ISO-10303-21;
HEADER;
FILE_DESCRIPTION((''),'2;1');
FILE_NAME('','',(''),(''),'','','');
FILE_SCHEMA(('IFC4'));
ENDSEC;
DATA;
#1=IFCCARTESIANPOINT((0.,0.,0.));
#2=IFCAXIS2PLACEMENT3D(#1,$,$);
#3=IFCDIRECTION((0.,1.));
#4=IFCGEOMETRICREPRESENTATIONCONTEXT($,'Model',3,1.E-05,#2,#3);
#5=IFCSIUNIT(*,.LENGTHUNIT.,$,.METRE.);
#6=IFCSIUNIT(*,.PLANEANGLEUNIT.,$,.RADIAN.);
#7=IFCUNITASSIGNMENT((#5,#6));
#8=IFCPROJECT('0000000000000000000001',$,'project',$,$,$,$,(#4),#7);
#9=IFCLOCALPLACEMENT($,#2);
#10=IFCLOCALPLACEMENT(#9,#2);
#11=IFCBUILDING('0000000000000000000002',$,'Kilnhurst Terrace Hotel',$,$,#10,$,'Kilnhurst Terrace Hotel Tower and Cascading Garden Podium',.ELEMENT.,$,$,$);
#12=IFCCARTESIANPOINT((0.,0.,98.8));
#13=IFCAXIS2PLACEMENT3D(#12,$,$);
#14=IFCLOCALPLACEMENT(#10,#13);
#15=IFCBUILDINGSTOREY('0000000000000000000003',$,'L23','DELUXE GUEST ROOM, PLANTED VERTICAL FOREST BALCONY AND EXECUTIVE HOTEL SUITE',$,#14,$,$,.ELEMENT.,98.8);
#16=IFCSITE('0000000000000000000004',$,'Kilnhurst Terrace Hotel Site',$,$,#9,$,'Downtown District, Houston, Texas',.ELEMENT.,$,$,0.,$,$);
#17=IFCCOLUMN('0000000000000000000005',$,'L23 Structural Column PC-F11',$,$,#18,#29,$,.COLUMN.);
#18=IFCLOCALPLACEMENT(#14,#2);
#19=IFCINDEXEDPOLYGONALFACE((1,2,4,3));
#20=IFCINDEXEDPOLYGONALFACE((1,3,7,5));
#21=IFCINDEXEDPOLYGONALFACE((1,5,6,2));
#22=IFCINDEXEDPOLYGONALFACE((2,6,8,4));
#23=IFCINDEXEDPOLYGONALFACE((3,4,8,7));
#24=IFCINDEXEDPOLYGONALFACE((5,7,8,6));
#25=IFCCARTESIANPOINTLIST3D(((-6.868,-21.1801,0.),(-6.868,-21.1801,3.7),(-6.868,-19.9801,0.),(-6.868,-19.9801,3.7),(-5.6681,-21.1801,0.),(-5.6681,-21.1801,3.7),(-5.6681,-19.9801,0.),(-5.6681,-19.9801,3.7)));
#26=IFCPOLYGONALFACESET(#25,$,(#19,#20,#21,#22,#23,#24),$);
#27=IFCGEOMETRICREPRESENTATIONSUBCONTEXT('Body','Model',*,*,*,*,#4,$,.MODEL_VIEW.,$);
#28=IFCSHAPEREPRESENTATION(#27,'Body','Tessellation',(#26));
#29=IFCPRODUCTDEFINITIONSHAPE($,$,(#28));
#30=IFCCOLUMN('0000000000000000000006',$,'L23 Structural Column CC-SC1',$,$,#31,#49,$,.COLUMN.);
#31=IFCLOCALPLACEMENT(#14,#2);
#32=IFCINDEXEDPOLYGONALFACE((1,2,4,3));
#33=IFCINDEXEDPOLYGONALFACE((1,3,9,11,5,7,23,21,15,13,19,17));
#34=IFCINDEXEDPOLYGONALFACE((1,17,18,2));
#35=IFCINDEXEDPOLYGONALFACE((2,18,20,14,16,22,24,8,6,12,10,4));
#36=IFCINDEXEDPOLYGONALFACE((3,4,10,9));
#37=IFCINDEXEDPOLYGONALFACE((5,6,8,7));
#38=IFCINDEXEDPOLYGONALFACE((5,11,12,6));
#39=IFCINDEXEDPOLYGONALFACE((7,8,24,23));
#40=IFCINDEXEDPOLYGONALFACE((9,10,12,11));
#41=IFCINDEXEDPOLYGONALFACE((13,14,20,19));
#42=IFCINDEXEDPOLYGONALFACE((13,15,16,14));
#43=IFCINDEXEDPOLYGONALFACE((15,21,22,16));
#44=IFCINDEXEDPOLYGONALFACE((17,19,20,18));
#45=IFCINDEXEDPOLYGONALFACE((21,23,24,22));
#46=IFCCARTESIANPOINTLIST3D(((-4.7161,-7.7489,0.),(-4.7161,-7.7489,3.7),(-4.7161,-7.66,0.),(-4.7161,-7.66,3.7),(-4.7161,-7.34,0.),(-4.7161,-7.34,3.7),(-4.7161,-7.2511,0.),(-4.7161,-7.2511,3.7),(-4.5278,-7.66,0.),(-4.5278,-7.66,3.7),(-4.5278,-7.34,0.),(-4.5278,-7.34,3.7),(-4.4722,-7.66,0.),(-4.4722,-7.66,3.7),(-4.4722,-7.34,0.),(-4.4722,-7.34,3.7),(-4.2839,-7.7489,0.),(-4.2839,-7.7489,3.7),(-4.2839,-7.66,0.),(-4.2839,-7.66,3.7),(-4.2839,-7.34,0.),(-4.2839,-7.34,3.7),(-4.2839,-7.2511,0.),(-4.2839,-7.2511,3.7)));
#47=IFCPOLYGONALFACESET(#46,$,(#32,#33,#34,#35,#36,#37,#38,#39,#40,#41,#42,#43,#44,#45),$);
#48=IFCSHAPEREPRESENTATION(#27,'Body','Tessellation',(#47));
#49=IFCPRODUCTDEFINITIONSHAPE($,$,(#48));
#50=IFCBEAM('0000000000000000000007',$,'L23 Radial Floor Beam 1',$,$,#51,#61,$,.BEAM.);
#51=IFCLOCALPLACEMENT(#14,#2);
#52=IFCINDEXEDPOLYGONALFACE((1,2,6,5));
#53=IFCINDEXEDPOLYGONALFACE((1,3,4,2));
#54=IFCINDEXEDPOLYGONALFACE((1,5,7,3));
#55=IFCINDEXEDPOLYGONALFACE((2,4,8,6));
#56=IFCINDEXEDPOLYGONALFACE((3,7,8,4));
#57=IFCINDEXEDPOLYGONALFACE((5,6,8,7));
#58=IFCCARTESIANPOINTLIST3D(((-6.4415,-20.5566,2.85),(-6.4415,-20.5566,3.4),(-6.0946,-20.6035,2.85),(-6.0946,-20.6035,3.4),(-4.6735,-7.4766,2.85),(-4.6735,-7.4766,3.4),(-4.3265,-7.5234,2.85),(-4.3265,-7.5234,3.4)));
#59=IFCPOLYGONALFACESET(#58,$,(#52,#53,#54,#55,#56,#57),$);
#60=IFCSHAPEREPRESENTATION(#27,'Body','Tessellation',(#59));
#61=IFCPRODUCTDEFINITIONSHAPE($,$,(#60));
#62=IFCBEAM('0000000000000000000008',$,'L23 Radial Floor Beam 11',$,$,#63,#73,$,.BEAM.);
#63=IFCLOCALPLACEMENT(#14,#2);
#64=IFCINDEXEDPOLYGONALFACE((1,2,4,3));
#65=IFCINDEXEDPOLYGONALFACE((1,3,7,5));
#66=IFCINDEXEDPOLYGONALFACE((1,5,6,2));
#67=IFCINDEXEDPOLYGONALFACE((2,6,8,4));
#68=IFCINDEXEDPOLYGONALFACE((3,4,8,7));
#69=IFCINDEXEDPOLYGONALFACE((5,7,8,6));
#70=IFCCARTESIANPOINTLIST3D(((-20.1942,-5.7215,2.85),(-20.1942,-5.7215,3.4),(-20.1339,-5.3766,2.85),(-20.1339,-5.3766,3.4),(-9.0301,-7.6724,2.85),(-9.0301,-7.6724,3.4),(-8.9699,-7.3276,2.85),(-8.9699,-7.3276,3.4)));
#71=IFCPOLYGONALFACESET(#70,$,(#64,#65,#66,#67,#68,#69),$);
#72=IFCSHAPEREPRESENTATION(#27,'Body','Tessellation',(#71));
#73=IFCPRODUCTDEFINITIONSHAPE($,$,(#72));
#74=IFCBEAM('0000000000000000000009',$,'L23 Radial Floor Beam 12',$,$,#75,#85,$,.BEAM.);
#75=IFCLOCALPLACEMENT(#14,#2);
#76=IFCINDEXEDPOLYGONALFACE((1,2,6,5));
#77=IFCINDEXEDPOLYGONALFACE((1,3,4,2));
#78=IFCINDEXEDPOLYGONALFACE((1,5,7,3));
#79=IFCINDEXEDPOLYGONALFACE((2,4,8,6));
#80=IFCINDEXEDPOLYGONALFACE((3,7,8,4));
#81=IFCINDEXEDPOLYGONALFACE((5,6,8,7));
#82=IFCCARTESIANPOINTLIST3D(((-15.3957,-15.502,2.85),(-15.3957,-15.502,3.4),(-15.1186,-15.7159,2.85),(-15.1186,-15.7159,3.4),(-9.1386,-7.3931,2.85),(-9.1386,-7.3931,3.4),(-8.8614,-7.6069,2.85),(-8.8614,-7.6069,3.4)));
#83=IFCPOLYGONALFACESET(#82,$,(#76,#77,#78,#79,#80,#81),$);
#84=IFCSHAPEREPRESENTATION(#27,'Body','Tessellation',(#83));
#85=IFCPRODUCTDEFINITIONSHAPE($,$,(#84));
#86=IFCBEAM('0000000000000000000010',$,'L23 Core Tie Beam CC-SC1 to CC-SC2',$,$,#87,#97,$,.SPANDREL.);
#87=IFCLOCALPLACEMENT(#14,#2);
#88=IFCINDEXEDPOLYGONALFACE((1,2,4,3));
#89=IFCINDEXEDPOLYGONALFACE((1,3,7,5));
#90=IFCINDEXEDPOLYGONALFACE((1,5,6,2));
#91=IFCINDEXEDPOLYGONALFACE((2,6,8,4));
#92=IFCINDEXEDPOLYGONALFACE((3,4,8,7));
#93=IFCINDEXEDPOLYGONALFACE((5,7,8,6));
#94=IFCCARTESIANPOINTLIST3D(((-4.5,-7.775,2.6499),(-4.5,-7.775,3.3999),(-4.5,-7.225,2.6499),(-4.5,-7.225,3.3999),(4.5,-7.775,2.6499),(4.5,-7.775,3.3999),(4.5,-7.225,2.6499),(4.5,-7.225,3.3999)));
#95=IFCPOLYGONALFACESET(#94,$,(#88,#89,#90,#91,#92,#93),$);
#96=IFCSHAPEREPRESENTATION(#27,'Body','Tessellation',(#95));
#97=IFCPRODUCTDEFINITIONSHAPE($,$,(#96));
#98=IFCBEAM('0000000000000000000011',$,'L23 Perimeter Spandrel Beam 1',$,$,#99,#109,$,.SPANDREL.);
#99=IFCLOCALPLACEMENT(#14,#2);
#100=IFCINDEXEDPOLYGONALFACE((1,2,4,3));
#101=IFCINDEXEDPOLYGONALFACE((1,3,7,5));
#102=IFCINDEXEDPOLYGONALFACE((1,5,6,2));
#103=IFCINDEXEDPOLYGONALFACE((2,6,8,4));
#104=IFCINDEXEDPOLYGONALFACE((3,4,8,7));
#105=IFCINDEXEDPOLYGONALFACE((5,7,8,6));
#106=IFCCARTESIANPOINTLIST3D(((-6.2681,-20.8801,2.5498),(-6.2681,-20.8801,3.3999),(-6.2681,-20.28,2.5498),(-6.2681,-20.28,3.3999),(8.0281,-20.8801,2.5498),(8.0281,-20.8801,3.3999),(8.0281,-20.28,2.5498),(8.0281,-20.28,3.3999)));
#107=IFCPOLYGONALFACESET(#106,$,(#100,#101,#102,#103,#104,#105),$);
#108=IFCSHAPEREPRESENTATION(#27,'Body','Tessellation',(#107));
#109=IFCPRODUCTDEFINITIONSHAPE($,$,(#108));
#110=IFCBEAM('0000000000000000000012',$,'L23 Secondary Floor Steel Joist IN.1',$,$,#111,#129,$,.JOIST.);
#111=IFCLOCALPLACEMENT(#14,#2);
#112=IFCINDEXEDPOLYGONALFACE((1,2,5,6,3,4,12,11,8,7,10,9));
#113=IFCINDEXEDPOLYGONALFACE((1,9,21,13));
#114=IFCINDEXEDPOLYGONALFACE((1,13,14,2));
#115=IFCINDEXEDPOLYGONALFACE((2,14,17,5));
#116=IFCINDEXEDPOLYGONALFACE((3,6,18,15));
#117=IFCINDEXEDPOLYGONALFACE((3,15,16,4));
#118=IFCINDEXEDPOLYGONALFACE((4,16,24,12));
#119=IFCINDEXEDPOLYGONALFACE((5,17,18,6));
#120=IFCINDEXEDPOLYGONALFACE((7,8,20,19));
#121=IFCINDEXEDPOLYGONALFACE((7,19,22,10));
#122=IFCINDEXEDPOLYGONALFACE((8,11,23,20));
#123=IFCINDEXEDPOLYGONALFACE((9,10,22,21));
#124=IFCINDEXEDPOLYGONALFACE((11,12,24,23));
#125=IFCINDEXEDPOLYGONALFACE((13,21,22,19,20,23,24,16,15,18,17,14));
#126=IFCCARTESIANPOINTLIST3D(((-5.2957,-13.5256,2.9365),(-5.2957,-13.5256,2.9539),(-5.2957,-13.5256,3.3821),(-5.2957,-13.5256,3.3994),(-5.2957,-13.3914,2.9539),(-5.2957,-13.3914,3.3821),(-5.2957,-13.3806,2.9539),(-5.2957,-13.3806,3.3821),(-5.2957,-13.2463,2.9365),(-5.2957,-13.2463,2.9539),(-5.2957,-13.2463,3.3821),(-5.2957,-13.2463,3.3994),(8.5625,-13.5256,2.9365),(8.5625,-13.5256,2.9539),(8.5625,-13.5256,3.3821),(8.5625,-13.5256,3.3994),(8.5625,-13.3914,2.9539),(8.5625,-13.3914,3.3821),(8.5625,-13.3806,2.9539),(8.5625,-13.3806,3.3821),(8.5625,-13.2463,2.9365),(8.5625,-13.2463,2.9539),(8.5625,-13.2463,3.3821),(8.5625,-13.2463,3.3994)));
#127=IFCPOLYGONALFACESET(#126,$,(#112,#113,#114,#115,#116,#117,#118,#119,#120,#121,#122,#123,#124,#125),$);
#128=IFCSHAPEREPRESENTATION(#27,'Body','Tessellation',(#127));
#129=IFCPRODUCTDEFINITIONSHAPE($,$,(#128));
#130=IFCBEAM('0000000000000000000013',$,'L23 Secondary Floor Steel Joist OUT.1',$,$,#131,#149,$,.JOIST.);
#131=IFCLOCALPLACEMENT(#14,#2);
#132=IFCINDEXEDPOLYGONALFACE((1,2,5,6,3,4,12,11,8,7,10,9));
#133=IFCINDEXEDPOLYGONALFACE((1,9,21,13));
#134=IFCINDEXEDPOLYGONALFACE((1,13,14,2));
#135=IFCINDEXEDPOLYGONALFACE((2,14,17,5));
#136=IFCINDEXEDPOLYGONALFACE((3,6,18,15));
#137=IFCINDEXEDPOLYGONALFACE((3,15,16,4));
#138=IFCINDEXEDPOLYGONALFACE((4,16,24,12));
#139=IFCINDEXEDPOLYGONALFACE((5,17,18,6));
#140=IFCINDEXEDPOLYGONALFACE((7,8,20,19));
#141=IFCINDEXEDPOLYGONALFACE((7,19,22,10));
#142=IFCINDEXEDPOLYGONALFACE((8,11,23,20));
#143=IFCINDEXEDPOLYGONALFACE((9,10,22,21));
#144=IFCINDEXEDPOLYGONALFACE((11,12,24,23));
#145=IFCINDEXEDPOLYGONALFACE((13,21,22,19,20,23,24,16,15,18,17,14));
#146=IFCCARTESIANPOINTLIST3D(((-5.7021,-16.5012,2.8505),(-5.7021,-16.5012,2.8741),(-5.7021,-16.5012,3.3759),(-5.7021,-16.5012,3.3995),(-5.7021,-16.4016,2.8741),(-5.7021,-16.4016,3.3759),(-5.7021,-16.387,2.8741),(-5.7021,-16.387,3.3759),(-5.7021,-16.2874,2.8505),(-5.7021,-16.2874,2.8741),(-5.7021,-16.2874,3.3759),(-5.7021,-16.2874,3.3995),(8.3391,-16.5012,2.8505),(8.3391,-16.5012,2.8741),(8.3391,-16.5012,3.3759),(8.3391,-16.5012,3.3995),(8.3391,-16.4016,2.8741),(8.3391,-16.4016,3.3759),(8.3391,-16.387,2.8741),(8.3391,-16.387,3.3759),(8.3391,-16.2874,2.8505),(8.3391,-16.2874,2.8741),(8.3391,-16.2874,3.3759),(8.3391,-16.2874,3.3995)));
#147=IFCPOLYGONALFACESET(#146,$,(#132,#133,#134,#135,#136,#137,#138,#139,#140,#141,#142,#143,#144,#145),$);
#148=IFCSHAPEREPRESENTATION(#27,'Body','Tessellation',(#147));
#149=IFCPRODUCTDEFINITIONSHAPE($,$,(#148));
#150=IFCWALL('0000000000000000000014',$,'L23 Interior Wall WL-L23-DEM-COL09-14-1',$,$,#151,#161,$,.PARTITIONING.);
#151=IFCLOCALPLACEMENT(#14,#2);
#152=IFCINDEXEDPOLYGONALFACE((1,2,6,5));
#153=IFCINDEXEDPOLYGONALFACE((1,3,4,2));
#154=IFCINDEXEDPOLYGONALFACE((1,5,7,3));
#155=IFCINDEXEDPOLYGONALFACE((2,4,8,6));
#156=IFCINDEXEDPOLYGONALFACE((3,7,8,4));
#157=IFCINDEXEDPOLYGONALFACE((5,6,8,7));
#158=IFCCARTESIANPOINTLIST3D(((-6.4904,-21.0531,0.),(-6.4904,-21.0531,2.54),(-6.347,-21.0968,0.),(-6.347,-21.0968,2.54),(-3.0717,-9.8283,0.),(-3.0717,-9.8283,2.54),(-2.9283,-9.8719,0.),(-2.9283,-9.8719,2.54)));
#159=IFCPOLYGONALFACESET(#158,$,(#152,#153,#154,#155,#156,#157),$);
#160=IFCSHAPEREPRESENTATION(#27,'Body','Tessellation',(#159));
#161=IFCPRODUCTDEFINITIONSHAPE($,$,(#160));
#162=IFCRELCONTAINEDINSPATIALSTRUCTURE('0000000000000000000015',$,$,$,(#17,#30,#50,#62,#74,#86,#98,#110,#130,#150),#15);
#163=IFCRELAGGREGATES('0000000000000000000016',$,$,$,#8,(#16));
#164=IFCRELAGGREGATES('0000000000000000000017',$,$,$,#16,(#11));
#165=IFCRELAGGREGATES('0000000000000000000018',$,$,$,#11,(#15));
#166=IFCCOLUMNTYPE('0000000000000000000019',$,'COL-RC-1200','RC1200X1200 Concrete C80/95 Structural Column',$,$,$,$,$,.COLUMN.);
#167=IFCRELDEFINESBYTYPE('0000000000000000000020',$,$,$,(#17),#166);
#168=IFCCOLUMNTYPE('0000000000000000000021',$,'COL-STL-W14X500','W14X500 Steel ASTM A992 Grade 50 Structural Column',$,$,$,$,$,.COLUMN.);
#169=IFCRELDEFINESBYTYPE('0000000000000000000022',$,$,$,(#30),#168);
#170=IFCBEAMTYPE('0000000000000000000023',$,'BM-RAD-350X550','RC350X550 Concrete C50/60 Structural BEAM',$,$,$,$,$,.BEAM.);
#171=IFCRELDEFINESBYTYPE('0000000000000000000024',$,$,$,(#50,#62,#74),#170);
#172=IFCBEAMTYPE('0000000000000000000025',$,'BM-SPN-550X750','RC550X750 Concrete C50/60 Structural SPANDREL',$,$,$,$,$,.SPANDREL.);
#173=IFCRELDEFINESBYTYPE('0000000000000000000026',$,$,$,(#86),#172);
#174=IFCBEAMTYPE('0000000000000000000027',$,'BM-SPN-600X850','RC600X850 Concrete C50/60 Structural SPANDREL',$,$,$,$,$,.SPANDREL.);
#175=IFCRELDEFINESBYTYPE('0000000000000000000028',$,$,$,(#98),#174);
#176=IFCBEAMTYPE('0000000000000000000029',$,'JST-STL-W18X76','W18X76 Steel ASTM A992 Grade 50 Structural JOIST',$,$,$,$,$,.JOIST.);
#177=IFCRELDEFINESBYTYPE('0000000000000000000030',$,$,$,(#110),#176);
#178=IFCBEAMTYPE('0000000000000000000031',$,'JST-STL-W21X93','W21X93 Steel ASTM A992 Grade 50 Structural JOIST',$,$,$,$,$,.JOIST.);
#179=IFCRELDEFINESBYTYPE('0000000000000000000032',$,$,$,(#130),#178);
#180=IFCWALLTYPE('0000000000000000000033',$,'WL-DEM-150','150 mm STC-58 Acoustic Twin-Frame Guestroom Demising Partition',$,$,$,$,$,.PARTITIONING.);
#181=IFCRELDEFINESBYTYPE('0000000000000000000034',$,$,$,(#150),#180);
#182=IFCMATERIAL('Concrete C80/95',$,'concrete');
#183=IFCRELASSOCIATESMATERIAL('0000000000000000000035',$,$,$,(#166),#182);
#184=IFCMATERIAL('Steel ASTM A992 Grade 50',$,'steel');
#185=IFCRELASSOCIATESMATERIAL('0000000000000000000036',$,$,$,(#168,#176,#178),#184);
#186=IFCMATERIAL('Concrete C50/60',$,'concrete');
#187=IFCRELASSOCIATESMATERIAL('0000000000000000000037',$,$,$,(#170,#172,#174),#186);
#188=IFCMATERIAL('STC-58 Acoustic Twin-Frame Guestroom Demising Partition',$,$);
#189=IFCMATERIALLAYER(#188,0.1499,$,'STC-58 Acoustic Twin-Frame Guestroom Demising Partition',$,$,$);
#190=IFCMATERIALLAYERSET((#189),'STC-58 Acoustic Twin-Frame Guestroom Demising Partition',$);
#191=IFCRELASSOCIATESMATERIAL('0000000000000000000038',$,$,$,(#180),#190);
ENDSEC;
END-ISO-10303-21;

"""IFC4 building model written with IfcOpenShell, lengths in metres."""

from ifc_helpers import new_model, si_unit, direction, frame, frame_2d, origin, origin_2d, place, context, subcontext, project, spatial, rectangle, i_section, extrude, material, layer, layer_set, material_profile, profile_set, type_object, element, save


model = new_model("IFC4")

# Units and contexts
model_context = context("Model", 3, precision=1e-05, world=origin(), true_north=direction((0.0, 1.0)))
body_context = subcontext(model_context, "Body", "Model", "MODEL_VIEW")
ifc_project = project(units=[si_unit("LENGTHUNIT", "METRE"), si_unit("PLANEANGLEUNIT", "RADIAN")], contexts=[model_context])

# Site, building, storey
site_placement = place(None, origin())
site = spatial("IfcSite", under=ifc_project, at=site_placement, Name="Kilnhurst Terrace Hotel Site", LongName="Downtown District, Houston, Texas", CompositionType="ELEMENT", RefElevation=0.0)
building_placement = place(site_placement, origin())
building = spatial("IfcBuilding", under=site, at=building_placement, Name="Kilnhurst Terrace Hotel", LongName="Kilnhurst Terrace Hotel Tower and Cascading Garden Podium", CompositionType="ELEMENT")
storey_placement = place(building_placement, frame((0.0, 0.0, 98.8)))
storey = spatial("IfcBuildingStorey", under=building, at=storey_placement, Name="L23", Description="DELUXE GUEST ROOM, PLANTED VERTICAL FOREST BALCONY AND EXECUTIVE HOTEL SUITE", CompositionType="ELEMENT", Elevation=98.8)

# Columns
ifc_material_1 = material(Name="Concrete C80/95", Category="concrete")
ifc_material_profile_1 = material_profile(ifc_material_1, rectangle(XDim=1.2, YDim=1.2, at=origin_2d()), Name="RC1200X1200")
ifc_profile_set_1 = profile_set([ifc_material_profile_1], Name="Concrete C80/95")
column_type_1 = type_object("IfcColumnType", Name="COL-RC-1200", Description="RC1200X1200 Concrete C80/95 Structural Column", PredefinedType="COLUMN", material=ifc_profile_set_1)
column_1_placement = place(storey_placement, frame((-6.2681, -20.5801, 0.0), z_axis=(0.0, 0.0, 1.0), x_axis=(1.0, 0.0, 0.0)))
element("IfcColumn", 1, at=column_1_placement, inside=storey, type_object=column_type_1, Name="L23 Structural Column PC-F11", PredefinedType="COLUMN", context=body_context, shape_type="SweptSolid", body=[
    extrude(rectangle(XDim=1.2, YDim=1.2, at=origin_2d()), origin(), (0.0, 0.0, 1.0), 3.7),
])
ifc_material_2 = material(Name="Steel ASTM A992 Grade 50", Category="steel")
ifc_material_profile_2 = material_profile(ifc_material_2, i_section(OverallWidth=0.4321, OverallDepth=0.4978, WebThickness=0.0557, FlangeThickness=0.0889, at=origin_2d()), Name="W14X500")
ifc_profile_set_2 = profile_set([ifc_material_profile_2], Name="Steel ASTM A992 Grade 50")
column_type_2 = type_object("IfcColumnType", Name="COL-STL-W14X500", Description="W14X500 Steel ASTM A992 Grade 50 Structural Column", PredefinedType="COLUMN", material=ifc_profile_set_2)
column_2_placement = place(storey_placement, frame((-4.5, -7.5, 0.0), z_axis=(0.0, 0.0, 1.0), x_axis=(1.0, 0.0, 0.0)))
element("IfcColumn", 2, at=column_2_placement, inside=storey, type_object=column_type_2, Name="L23 Structural Column CC-SC1", PredefinedType="COLUMN", context=body_context, shape_type="SweptSolid", body=[
    extrude(i_section(OverallWidth=0.4321, OverallDepth=0.4978, WebThickness=0.0557, FlangeThickness=0.0889, at=origin_2d()), origin(), (0.0, 0.0, 1.0), 3.7),
])

# Beams
ifc_material_3 = material(Name="Concrete C50/60", Category="concrete")
ifc_material_profile_3 = material_profile(ifc_material_3, rectangle(XDim=0.3501, YDim=0.55, at=origin_2d()), Name="RC350X550")
ifc_profile_set_3 = profile_set([ifc_material_profile_3], Name="Concrete C50/60")
beam_type_1 = type_object("IfcBeamType", Name="BM-RAD-350X550", Description="RC350X550 Concrete C50/60 Structural BEAM", PredefinedType="BEAM", material=ifc_profile_set_3)
beam_1_placement = place(storey_placement, frame((-4.5, -7.5, 3.125), z_axis=(-0.133954, -0.990988, 0.0), x_axis=(0.990988, -0.133954, 0.0)))
element("IfcBeam", 3, at=beam_1_placement, inside=storey, type_object=beam_type_1, Name="L23 Radial Floor Beam 1", PredefinedType="BEAM", context=body_context, shape_type="SweptSolid", body=[
    extrude(rectangle(XDim=0.3501, YDim=0.55, at=origin_2d()), origin(), (0.0, 0.0, 1.0), 13.199),
])
beam_2_placement = place(storey_placement, frame((-9.0, -7.5, 3.125), z_axis=(-0.985072, 0.172142, 0.0), x_axis=(-0.172142, -0.985072, 0.0)))
element("IfcBeam", 4, at=beam_2_placement, inside=storey, type_object=beam_type_1, Name="L23 Radial Floor Beam 11", PredefinedType="BEAM", context=body_context, shape_type="SweptSolid", body=[
    extrude(rectangle(XDim=0.3501, YDim=0.55, at=origin_2d()), origin(), (0.0, 0.0, 1.0), 11.3333),
])
beam_3_placement = place(storey_placement, frame((-9.0, -7.5, 3.125), z_axis=(-0.610905, -0.791704, 0.0), x_axis=(0.791704, -0.610905, 0.0)))
element("IfcBeam", 5, at=beam_3_placement, inside=storey, type_object=beam_type_1, Name="L23 Radial Floor Beam 12", PredefinedType="BEAM", context=body_context, shape_type="SweptSolid", body=[
    extrude(rectangle(XDim=0.3501, YDim=0.55, at=origin_2d()), origin(), (0.0, 0.0, 1.0), 10.2424),
])
ifc_material_profile_4 = material_profile(ifc_material_3, rectangle(XDim=0.55, YDim=0.75, at=origin_2d()), Name="RC550X750")
ifc_profile_set_4 = profile_set([ifc_material_profile_4], Name="Concrete C50/60")
beam_type_2 = type_object("IfcBeamType", Name="BM-SPN-550X750", Description="RC550X750 Concrete C50/60 Structural SPANDREL", PredefinedType="SPANDREL", material=ifc_profile_set_4)
beam_4_placement = place(storey_placement, frame((-4.5, -7.5, 3.0249), z_axis=(1.0, 0.0, 0.0), x_axis=(0.0, 1.0, 0.0)))
element("IfcBeam", 6, at=beam_4_placement, inside=storey, type_object=beam_type_2, Name="L23 Core Tie Beam CC-SC1 to CC-SC2", PredefinedType="SPANDREL", context=body_context, shape_type="SweptSolid", body=[
    extrude(rectangle(XDim=0.55, YDim=0.75, at=origin_2d()), origin(), (0.0, 0.0, 1.0), 9.0),
])
ifc_material_profile_5 = material_profile(ifc_material_3, rectangle(XDim=0.6001, YDim=0.8501, at=origin_2d()), Name="RC600X850")
ifc_profile_set_5 = profile_set([ifc_material_profile_5], Name="Concrete C50/60")
beam_type_3 = type_object("IfcBeamType", Name="BM-SPN-600X850", Description="RC600X850 Concrete C50/60 Structural SPANDREL", PredefinedType="SPANDREL", material=ifc_profile_set_5)
beam_5_placement = place(storey_placement, frame((-6.2681, -20.5801, 2.9749), z_axis=(1.0, 0.0, 0.0), x_axis=(0.0, 1.0, 0.0)))
element("IfcBeam", 7, at=beam_5_placement, inside=storey, type_object=beam_type_3, Name="L23 Perimeter Spandrel Beam 1", PredefinedType="SPANDREL", context=body_context, shape_type="SweptSolid", body=[
    extrude(rectangle(XDim=0.6001, YDim=0.8501, at=origin_2d()), origin(), (0.0, 0.0, 1.0), 14.2961),
])
ifc_material_profile_6 = material_profile(ifc_material_2, i_section(OverallWidth=0.2793, OverallDepth=0.4629, WebThickness=0.0107, FlangeThickness=0.0173, at=origin_2d()), Name="W18X76")
ifc_profile_set_6 = profile_set([ifc_material_profile_6], Name="Steel ASTM A992 Grade 50")
beam_type_4 = type_object("IfcBeamType", Name="JST-STL-W18X76", Description="W18X76 Steel ASTM A992 Grade 50 Structural JOIST", PredefinedType="JOIST", material=ifc_profile_set_6)
beam_6_placement = place(storey_placement, frame((-5.2957, -13.386, 3.168), z_axis=(1.0, 0.0, 0.0), x_axis=(0.0, 1.0, 0.0)))
element("IfcBeam", 8, at=beam_6_placement, inside=storey, type_object=beam_type_4, Name="L23 Secondary Floor Steel Joist IN.1", PredefinedType="JOIST", context=body_context, shape_type="SweptSolid", body=[
    extrude(i_section(OverallWidth=0.2793, OverallDepth=0.4629, WebThickness=0.0107, FlangeThickness=0.0173, at=origin_2d()), origin(), (0.0, 0.0, 1.0), 13.8582),
])
ifc_material_profile_7 = material_profile(ifc_material_2, i_section(OverallWidth=0.2139, OverallDepth=0.5491, WebThickness=0.0146, FlangeThickness=0.0237, at=origin_2d()), Name="W21X93")
ifc_profile_set_7 = profile_set([ifc_material_profile_7], Name="Steel ASTM A992 Grade 50")
beam_type_5 = type_object("IfcBeamType", Name="JST-STL-W21X93", Description="W21X93 Steel ASTM A992 Grade 50 Structural JOIST", PredefinedType="JOIST", material=ifc_profile_set_7)
beam_7_placement = place(storey_placement, frame((-5.7021, -16.3943, 3.125), z_axis=(1.0, 0.0, 0.0), x_axis=(0.0, 1.0, 0.0)))
element("IfcBeam", 9, at=beam_7_placement, inside=storey, type_object=beam_type_5, Name="L23 Secondary Floor Steel Joist OUT.1", PredefinedType="JOIST", context=body_context, shape_type="SweptSolid", body=[
    extrude(i_section(OverallWidth=0.2139, OverallDepth=0.5491, WebThickness=0.0146, FlangeThickness=0.0237, at=origin_2d()), origin(), (0.0, 0.0, 1.0), 14.0413),
])

# Wall
ifc_material_4 = material(Name="STC-58 Acoustic Twin-Frame Guestroom Demising Partition")
ifc_layer_1 = layer(ifc_material_4, 0.1499, Name="STC-58 Acoustic Twin-Frame Guestroom Demising Partition")
ifc_layer_set_1 = layer_set([ifc_layer_1], Name="STC-58 Acoustic Twin-Frame Guestroom Demising Partition")
wall_type_1 = type_object("IfcWallType", Name="WL-DEM-150", Description="150 mm STC-58 Acoustic Twin-Frame Guestroom Demising Partition", PredefinedType="PARTITIONING", material=ifc_layer_set_1)
wall_1_placement = place(storey_placement, frame((-3.0, -9.8501, 0.0), z_axis=(0.0, 0.0, 1.0), x_axis=(-0.291352, -0.956616, 0.0)))
element("IfcWall", 10, at=wall_1_placement, inside=storey, type_object=wall_type_1, Name="L23 Interior Wall WL-L23-DEM-COL09-14-1", PredefinedType="PARTITIONING", context=body_context, shape_type="SweptSolid", body=[
    extrude(rectangle(XDim=11.7339, YDim=0.1499, at=frame_2d((5.8669, 0.0))), origin(), (0.0, 0.0, 1.0), 2.54),
])

save(model, "model.ifc")
